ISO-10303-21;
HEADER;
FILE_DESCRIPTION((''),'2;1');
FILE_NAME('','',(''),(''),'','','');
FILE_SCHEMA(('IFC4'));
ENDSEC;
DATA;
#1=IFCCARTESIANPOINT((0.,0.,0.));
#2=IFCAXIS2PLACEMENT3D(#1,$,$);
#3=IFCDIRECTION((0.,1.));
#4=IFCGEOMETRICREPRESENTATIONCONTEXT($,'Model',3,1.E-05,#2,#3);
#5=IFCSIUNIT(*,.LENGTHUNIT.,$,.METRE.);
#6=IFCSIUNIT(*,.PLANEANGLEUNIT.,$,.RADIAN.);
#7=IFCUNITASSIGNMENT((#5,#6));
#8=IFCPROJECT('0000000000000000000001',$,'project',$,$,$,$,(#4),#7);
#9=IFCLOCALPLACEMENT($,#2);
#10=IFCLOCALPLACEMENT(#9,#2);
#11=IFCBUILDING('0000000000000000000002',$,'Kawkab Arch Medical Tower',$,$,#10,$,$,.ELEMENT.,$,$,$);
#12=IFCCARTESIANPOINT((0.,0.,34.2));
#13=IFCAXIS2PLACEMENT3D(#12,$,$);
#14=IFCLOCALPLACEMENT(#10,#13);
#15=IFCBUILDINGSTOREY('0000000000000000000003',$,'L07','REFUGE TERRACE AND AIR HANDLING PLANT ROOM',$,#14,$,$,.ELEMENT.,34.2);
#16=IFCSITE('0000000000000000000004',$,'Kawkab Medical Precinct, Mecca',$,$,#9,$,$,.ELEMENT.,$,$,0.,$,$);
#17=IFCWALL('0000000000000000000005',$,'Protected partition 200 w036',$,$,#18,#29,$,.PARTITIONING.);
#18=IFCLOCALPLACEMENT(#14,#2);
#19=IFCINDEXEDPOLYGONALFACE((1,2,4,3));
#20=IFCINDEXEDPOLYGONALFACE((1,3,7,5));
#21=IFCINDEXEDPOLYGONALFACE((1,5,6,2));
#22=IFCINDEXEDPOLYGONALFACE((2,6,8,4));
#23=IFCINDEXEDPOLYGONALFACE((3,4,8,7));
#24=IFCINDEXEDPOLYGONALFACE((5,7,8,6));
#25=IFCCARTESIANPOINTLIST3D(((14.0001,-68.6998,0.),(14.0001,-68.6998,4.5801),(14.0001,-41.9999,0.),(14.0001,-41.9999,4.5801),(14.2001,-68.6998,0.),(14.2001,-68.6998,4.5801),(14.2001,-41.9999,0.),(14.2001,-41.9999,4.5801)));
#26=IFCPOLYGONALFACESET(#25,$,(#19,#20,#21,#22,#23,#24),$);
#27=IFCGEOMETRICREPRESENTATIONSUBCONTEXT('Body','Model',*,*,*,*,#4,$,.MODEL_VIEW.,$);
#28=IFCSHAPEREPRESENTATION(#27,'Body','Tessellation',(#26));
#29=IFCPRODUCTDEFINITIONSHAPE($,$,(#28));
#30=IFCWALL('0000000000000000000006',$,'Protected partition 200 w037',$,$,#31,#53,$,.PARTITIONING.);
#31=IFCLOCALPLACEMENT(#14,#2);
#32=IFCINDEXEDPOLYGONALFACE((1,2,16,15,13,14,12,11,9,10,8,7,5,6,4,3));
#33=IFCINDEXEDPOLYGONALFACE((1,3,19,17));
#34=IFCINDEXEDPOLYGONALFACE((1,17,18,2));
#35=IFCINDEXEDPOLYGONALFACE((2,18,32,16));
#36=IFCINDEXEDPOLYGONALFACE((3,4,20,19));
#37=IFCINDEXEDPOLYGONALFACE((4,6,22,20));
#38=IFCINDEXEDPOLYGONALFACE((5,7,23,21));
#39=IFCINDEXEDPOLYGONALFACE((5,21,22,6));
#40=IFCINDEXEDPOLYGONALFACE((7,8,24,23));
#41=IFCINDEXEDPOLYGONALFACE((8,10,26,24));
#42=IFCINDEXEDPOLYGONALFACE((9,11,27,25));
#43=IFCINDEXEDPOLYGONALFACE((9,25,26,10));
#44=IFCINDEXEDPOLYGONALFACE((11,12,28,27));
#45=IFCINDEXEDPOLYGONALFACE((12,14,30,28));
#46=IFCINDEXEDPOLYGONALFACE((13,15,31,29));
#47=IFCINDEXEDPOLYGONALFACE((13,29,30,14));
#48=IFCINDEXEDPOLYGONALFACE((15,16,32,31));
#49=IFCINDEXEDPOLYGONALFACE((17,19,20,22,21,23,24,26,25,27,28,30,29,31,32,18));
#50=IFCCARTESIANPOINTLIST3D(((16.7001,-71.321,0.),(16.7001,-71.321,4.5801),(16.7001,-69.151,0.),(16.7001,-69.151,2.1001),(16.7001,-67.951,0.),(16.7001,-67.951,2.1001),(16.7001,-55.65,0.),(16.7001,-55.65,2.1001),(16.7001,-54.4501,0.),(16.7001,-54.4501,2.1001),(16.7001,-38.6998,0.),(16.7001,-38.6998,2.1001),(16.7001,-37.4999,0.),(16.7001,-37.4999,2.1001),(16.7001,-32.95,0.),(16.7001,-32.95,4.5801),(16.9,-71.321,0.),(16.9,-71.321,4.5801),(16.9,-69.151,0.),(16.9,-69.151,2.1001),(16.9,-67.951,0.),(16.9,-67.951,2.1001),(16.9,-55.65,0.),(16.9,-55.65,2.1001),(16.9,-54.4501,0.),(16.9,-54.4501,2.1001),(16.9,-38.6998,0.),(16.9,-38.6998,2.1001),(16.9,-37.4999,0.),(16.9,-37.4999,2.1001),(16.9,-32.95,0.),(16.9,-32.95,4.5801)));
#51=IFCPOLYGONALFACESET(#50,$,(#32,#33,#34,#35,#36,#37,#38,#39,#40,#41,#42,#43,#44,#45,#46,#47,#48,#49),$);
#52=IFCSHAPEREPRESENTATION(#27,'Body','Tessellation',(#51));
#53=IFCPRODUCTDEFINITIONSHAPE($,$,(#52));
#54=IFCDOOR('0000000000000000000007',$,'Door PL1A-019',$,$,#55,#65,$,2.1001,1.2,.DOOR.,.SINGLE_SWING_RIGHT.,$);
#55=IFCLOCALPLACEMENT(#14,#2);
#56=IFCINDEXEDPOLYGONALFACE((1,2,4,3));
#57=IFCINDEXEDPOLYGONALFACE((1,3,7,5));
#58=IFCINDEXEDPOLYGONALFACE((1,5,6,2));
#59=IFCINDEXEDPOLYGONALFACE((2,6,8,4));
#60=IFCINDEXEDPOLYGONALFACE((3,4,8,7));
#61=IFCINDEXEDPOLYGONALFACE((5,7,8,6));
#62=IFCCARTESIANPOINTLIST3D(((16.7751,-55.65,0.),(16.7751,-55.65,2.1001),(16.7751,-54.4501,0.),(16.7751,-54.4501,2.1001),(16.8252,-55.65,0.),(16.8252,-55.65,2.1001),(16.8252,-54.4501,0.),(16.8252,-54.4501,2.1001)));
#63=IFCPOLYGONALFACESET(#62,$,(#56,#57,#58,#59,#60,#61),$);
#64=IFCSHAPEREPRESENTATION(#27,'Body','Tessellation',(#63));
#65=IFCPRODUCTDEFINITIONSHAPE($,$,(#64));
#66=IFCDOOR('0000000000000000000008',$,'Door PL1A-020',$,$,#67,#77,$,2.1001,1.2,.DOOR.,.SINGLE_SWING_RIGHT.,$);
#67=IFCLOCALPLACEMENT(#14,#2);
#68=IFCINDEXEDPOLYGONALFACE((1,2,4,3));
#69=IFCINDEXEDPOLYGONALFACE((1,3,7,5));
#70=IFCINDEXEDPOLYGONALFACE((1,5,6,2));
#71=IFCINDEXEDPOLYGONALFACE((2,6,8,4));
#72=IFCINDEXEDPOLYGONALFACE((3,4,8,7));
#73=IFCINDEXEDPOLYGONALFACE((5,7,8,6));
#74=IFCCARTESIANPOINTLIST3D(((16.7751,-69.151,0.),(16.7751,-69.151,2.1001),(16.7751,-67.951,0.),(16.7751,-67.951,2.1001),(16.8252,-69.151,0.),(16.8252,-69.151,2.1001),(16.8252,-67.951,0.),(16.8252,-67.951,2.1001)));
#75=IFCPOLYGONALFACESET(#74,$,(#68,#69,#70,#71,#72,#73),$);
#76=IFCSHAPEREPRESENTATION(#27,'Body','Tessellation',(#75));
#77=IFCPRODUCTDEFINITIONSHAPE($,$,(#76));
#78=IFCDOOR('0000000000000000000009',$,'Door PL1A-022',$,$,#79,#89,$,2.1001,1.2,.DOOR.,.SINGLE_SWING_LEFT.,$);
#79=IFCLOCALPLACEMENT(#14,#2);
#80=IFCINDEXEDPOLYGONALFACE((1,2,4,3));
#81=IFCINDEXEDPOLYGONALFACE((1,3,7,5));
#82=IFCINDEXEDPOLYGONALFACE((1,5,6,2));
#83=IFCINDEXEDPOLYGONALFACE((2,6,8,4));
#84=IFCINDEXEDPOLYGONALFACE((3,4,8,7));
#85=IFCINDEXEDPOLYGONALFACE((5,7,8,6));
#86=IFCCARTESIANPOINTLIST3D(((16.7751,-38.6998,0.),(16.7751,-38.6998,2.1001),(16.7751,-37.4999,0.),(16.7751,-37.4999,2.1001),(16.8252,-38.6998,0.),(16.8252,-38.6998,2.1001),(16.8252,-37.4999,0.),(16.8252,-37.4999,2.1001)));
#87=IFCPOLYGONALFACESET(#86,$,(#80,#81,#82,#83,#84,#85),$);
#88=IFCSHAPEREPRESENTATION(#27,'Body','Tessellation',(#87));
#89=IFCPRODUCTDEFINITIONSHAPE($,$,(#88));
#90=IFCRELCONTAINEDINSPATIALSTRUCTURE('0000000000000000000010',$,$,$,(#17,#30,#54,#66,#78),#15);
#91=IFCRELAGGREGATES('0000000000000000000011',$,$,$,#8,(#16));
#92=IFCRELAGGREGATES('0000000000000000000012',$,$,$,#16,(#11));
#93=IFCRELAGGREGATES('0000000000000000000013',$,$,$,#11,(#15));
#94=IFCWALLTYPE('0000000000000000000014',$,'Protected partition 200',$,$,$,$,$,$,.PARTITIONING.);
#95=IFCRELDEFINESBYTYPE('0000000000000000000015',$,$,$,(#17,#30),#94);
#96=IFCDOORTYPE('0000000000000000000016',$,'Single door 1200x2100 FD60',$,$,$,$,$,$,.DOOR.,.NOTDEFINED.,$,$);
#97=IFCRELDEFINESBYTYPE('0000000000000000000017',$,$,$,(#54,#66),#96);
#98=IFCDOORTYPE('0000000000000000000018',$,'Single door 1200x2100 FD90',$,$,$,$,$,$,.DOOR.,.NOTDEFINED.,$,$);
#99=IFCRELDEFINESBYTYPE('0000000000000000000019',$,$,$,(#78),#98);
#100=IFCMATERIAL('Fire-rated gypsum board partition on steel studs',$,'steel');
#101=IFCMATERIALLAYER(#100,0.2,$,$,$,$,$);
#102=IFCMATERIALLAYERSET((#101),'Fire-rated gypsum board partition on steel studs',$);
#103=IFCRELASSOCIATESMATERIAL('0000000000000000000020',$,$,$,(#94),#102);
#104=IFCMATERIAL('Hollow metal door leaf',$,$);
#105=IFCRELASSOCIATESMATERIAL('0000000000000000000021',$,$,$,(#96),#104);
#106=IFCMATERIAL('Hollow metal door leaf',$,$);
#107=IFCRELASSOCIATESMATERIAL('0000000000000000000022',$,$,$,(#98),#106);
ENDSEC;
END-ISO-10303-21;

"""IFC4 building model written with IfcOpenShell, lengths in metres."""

from ifc_helpers import new_model, si_unit, direction, frame, frame_2d, origin, place, context, subcontext, project, spatial, rectangle, extrude, material, layer, layer_set, type_object, element, fill, save


model = new_model("IFC4")

# Units and contexts
model_context = context("Model", 3, precision=1e-05, world=origin(), true_north=direction((0.0, 1.0)))
body_context = subcontext(model_context, "Body", "Model", "MODEL_VIEW")
ifc_project = project(units=[si_unit("LENGTHUNIT", "METRE"), si_unit("PLANEANGLEUNIT", "RADIAN")], contexts=[model_context])

# Site, building, storey
site_placement = place(None, origin())
site = spatial("IfcSite", under=ifc_project, at=site_placement, Name="Kawkab Medical Precinct, Mecca", CompositionType="ELEMENT", RefElevation=0.0)
building_placement = place(site_placement, origin())
building = spatial("IfcBuilding", under=site, at=building_placement, Name="Kawkab Arch Medical Tower", CompositionType="ELEMENT")
storey_placement = place(building_placement, frame((0.0, 0.0, 34.2)))
storey = spatial("IfcBuildingStorey", under=building, at=storey_placement, Name="L07", Description="REFUGE TERRACE AND AIR HANDLING PLANT ROOM", CompositionType="ELEMENT", Elevation=34.2)

# Shared definitions
ifc_material_1 = material(Name="Fire-rated gypsum board partition on steel studs", Category="steel")
ifc_layer_1 = layer(ifc_material_1, 0.2)
ifc_layer_set_1 = layer_set([ifc_layer_1], Name="Fire-rated gypsum board partition on steel studs")
wall_type = type_object("IfcWallType", Name="Protected partition 200", PredefinedType="PARTITIONING", material=ifc_layer_set_1)

# Shared definitions
ifc_material_2 = material(Name="Hollow metal door leaf")
door_type_1 = type_object("IfcDoorType", Name="Single door 1200x2100 FD60", OperationType="NOTDEFINED", PredefinedType="DOOR", material=ifc_material_2)

# Wall
wall_1_placement = place(storey_placement, frame((14.1001, -68.7, 0.0), z_axis=(0.0, 0.0, 1.0), x_axis=(0.0, 1.0, 0.0)))
element("IfcWall", 1, at=wall_1_placement, inside=storey, type_object=wall_type, Name="Protected partition 200 w036", PredefinedType="PARTITIONING", context=body_context, shape_type="SweptSolid", body=[
    extrude(rectangle(XDim=26.7, YDim=0.2, at=frame_2d((13.3501, 0.0))), origin(), (0.0, 0.0, 1.0), 4.5801),
])

# Wall, openings, doors
wall_2_placement = place(storey_placement, frame((16.8, -71.321, 0.0), z_axis=(0.0, 0.0, 1.0), x_axis=(0.0, 1.0, 0.0)))
wall_2 = element("IfcWall", 2, at=wall_2_placement, inside=storey, type_object=wall_type, Name="Protected partition 200 w037", PredefinedType="PARTITIONING", context=body_context, shape_type="SweptSolid", body=[
    extrude(rectangle(XDim=38.3711, YDim=0.2, at=frame_2d((19.1855, 0.0))), origin(), (0.0, 0.0, 1.0), 4.5801),
])
opening_1_placement = place(wall_2_placement, frame((32.6211, 0.0, 0.0)))
opening_1 = element("IfcOpeningElement", 3, at=opening_1_placement, cuts=wall_2, PredefinedType="OPENING", context=body_context, shape_type="SweptSolid", body=[
    extrude(rectangle(XDim=1.2, YDim=2.1001, at=frame_2d((0.6001, 1.05))), frame((0.0, 0.1099, 0.0), z_axis=(0.0, -1.0, 0.0), x_axis=(1.0, 0.0, 0.0)), (0.0, 0.0, 1.0), 0.22),
])
opening_2_placement = place(wall_2_placement, frame((15.6709, 0.0, 0.0)))
opening_2 = element("IfcOpeningElement", 4, at=opening_2_placement, cuts=wall_2, PredefinedType="OPENING", context=body_context, shape_type="SweptSolid", body=[
    extrude(rectangle(XDim=1.2, YDim=2.1001, at=frame_2d((0.6001, 1.05))), frame((0.0, 0.1099, 0.0), z_axis=(0.0, -1.0, 0.0), x_axis=(1.0, 0.0, 0.0)), (0.0, 0.0, 1.0), 0.22),
])
opening_3_placement = place(wall_2_placement, frame((2.1699, 0.0, 0.0)))
opening_3 = element("IfcOpeningElement", 5, at=opening_3_placement, cuts=wall_2, PredefinedType="OPENING", context=body_context, shape_type="SweptSolid", body=[
    extrude(rectangle(XDim=1.2, YDim=2.1001, at=frame_2d((0.6001, 1.05))), frame((0.0, 0.1099, 0.0), z_axis=(0.0, -1.0, 0.0), x_axis=(1.0, 0.0, 0.0)), (0.0, 0.0, 1.0), 0.22),
])
door_1_placement = place(opening_2_placement, origin())
door_1 = element("IfcDoor", 6, at=door_1_placement, inside=storey, type_object=door_type_1, Name="Door PL1A-019", OperationType="SINGLE_SWING_RIGHT", OverallHeight=2.1001, OverallWidth=1.2, PredefinedType="DOOR", context=body_context, shape_type="SweptSolid", body=[
    extrude(rectangle(XDim=1.2, YDim=2.1001, at=frame_2d((0.6001, 1.05))), frame((0.0, 0.0249, 0.0), z_axis=(0.0, -1.0, 0.0), x_axis=(1.0, 0.0, 0.0)), (0.0, 0.0, 1.0), 0.05),
])
fill(opening_2, door_1)
door_2_placement = place(opening_3_placement, origin())
door_2 = element("IfcDoor", 7, at=door_2_placement, inside=storey, type_object=door_type_1, Name="Door PL1A-020", OperationType="SINGLE_SWING_RIGHT", OverallHeight=2.1001, OverallWidth=1.2, PredefinedType="DOOR", context=body_context, shape_type="SweptSolid", body=[
    extrude(rectangle(XDim=1.2, YDim=2.1001, at=frame_2d((0.6001, 1.05))), frame((0.0, 0.0249, 0.0), z_axis=(0.0, -1.0, 0.0), x_axis=(1.0, 0.0, 0.0)), (0.0, 0.0, 1.0), 0.05),
])
fill(opening_3, door_2)
ifc_material_3 = material(Name="Hollow metal door leaf")
door_type_2 = type_object("IfcDoorType", Name="Single door 1200x2100 FD90", OperationType="NOTDEFINED", PredefinedType="DOOR", material=ifc_material_3)
door_3_placement = place(opening_1_placement, origin())
door_3 = element("IfcDoor", 8, at=door_3_placement, inside=storey, type_object=door_type_2, Name="Door PL1A-022", OperationType="SINGLE_SWING_LEFT", OverallHeight=2.1001, OverallWidth=1.2, PredefinedType="DOOR", context=body_context, shape_type="SweptSolid", body=[
    extrude(rectangle(XDim=1.2, YDim=2.1001, at=frame_2d((0.6001, 1.05))), frame((0.0, 0.0249, 0.0), z_axis=(0.0, -1.0, 0.0), x_axis=(1.0, 0.0, 0.0)), (0.0, 0.0, 1.0), 0.05),
])
fill(opening_1, door_3)

save(model, "model.ifc")
